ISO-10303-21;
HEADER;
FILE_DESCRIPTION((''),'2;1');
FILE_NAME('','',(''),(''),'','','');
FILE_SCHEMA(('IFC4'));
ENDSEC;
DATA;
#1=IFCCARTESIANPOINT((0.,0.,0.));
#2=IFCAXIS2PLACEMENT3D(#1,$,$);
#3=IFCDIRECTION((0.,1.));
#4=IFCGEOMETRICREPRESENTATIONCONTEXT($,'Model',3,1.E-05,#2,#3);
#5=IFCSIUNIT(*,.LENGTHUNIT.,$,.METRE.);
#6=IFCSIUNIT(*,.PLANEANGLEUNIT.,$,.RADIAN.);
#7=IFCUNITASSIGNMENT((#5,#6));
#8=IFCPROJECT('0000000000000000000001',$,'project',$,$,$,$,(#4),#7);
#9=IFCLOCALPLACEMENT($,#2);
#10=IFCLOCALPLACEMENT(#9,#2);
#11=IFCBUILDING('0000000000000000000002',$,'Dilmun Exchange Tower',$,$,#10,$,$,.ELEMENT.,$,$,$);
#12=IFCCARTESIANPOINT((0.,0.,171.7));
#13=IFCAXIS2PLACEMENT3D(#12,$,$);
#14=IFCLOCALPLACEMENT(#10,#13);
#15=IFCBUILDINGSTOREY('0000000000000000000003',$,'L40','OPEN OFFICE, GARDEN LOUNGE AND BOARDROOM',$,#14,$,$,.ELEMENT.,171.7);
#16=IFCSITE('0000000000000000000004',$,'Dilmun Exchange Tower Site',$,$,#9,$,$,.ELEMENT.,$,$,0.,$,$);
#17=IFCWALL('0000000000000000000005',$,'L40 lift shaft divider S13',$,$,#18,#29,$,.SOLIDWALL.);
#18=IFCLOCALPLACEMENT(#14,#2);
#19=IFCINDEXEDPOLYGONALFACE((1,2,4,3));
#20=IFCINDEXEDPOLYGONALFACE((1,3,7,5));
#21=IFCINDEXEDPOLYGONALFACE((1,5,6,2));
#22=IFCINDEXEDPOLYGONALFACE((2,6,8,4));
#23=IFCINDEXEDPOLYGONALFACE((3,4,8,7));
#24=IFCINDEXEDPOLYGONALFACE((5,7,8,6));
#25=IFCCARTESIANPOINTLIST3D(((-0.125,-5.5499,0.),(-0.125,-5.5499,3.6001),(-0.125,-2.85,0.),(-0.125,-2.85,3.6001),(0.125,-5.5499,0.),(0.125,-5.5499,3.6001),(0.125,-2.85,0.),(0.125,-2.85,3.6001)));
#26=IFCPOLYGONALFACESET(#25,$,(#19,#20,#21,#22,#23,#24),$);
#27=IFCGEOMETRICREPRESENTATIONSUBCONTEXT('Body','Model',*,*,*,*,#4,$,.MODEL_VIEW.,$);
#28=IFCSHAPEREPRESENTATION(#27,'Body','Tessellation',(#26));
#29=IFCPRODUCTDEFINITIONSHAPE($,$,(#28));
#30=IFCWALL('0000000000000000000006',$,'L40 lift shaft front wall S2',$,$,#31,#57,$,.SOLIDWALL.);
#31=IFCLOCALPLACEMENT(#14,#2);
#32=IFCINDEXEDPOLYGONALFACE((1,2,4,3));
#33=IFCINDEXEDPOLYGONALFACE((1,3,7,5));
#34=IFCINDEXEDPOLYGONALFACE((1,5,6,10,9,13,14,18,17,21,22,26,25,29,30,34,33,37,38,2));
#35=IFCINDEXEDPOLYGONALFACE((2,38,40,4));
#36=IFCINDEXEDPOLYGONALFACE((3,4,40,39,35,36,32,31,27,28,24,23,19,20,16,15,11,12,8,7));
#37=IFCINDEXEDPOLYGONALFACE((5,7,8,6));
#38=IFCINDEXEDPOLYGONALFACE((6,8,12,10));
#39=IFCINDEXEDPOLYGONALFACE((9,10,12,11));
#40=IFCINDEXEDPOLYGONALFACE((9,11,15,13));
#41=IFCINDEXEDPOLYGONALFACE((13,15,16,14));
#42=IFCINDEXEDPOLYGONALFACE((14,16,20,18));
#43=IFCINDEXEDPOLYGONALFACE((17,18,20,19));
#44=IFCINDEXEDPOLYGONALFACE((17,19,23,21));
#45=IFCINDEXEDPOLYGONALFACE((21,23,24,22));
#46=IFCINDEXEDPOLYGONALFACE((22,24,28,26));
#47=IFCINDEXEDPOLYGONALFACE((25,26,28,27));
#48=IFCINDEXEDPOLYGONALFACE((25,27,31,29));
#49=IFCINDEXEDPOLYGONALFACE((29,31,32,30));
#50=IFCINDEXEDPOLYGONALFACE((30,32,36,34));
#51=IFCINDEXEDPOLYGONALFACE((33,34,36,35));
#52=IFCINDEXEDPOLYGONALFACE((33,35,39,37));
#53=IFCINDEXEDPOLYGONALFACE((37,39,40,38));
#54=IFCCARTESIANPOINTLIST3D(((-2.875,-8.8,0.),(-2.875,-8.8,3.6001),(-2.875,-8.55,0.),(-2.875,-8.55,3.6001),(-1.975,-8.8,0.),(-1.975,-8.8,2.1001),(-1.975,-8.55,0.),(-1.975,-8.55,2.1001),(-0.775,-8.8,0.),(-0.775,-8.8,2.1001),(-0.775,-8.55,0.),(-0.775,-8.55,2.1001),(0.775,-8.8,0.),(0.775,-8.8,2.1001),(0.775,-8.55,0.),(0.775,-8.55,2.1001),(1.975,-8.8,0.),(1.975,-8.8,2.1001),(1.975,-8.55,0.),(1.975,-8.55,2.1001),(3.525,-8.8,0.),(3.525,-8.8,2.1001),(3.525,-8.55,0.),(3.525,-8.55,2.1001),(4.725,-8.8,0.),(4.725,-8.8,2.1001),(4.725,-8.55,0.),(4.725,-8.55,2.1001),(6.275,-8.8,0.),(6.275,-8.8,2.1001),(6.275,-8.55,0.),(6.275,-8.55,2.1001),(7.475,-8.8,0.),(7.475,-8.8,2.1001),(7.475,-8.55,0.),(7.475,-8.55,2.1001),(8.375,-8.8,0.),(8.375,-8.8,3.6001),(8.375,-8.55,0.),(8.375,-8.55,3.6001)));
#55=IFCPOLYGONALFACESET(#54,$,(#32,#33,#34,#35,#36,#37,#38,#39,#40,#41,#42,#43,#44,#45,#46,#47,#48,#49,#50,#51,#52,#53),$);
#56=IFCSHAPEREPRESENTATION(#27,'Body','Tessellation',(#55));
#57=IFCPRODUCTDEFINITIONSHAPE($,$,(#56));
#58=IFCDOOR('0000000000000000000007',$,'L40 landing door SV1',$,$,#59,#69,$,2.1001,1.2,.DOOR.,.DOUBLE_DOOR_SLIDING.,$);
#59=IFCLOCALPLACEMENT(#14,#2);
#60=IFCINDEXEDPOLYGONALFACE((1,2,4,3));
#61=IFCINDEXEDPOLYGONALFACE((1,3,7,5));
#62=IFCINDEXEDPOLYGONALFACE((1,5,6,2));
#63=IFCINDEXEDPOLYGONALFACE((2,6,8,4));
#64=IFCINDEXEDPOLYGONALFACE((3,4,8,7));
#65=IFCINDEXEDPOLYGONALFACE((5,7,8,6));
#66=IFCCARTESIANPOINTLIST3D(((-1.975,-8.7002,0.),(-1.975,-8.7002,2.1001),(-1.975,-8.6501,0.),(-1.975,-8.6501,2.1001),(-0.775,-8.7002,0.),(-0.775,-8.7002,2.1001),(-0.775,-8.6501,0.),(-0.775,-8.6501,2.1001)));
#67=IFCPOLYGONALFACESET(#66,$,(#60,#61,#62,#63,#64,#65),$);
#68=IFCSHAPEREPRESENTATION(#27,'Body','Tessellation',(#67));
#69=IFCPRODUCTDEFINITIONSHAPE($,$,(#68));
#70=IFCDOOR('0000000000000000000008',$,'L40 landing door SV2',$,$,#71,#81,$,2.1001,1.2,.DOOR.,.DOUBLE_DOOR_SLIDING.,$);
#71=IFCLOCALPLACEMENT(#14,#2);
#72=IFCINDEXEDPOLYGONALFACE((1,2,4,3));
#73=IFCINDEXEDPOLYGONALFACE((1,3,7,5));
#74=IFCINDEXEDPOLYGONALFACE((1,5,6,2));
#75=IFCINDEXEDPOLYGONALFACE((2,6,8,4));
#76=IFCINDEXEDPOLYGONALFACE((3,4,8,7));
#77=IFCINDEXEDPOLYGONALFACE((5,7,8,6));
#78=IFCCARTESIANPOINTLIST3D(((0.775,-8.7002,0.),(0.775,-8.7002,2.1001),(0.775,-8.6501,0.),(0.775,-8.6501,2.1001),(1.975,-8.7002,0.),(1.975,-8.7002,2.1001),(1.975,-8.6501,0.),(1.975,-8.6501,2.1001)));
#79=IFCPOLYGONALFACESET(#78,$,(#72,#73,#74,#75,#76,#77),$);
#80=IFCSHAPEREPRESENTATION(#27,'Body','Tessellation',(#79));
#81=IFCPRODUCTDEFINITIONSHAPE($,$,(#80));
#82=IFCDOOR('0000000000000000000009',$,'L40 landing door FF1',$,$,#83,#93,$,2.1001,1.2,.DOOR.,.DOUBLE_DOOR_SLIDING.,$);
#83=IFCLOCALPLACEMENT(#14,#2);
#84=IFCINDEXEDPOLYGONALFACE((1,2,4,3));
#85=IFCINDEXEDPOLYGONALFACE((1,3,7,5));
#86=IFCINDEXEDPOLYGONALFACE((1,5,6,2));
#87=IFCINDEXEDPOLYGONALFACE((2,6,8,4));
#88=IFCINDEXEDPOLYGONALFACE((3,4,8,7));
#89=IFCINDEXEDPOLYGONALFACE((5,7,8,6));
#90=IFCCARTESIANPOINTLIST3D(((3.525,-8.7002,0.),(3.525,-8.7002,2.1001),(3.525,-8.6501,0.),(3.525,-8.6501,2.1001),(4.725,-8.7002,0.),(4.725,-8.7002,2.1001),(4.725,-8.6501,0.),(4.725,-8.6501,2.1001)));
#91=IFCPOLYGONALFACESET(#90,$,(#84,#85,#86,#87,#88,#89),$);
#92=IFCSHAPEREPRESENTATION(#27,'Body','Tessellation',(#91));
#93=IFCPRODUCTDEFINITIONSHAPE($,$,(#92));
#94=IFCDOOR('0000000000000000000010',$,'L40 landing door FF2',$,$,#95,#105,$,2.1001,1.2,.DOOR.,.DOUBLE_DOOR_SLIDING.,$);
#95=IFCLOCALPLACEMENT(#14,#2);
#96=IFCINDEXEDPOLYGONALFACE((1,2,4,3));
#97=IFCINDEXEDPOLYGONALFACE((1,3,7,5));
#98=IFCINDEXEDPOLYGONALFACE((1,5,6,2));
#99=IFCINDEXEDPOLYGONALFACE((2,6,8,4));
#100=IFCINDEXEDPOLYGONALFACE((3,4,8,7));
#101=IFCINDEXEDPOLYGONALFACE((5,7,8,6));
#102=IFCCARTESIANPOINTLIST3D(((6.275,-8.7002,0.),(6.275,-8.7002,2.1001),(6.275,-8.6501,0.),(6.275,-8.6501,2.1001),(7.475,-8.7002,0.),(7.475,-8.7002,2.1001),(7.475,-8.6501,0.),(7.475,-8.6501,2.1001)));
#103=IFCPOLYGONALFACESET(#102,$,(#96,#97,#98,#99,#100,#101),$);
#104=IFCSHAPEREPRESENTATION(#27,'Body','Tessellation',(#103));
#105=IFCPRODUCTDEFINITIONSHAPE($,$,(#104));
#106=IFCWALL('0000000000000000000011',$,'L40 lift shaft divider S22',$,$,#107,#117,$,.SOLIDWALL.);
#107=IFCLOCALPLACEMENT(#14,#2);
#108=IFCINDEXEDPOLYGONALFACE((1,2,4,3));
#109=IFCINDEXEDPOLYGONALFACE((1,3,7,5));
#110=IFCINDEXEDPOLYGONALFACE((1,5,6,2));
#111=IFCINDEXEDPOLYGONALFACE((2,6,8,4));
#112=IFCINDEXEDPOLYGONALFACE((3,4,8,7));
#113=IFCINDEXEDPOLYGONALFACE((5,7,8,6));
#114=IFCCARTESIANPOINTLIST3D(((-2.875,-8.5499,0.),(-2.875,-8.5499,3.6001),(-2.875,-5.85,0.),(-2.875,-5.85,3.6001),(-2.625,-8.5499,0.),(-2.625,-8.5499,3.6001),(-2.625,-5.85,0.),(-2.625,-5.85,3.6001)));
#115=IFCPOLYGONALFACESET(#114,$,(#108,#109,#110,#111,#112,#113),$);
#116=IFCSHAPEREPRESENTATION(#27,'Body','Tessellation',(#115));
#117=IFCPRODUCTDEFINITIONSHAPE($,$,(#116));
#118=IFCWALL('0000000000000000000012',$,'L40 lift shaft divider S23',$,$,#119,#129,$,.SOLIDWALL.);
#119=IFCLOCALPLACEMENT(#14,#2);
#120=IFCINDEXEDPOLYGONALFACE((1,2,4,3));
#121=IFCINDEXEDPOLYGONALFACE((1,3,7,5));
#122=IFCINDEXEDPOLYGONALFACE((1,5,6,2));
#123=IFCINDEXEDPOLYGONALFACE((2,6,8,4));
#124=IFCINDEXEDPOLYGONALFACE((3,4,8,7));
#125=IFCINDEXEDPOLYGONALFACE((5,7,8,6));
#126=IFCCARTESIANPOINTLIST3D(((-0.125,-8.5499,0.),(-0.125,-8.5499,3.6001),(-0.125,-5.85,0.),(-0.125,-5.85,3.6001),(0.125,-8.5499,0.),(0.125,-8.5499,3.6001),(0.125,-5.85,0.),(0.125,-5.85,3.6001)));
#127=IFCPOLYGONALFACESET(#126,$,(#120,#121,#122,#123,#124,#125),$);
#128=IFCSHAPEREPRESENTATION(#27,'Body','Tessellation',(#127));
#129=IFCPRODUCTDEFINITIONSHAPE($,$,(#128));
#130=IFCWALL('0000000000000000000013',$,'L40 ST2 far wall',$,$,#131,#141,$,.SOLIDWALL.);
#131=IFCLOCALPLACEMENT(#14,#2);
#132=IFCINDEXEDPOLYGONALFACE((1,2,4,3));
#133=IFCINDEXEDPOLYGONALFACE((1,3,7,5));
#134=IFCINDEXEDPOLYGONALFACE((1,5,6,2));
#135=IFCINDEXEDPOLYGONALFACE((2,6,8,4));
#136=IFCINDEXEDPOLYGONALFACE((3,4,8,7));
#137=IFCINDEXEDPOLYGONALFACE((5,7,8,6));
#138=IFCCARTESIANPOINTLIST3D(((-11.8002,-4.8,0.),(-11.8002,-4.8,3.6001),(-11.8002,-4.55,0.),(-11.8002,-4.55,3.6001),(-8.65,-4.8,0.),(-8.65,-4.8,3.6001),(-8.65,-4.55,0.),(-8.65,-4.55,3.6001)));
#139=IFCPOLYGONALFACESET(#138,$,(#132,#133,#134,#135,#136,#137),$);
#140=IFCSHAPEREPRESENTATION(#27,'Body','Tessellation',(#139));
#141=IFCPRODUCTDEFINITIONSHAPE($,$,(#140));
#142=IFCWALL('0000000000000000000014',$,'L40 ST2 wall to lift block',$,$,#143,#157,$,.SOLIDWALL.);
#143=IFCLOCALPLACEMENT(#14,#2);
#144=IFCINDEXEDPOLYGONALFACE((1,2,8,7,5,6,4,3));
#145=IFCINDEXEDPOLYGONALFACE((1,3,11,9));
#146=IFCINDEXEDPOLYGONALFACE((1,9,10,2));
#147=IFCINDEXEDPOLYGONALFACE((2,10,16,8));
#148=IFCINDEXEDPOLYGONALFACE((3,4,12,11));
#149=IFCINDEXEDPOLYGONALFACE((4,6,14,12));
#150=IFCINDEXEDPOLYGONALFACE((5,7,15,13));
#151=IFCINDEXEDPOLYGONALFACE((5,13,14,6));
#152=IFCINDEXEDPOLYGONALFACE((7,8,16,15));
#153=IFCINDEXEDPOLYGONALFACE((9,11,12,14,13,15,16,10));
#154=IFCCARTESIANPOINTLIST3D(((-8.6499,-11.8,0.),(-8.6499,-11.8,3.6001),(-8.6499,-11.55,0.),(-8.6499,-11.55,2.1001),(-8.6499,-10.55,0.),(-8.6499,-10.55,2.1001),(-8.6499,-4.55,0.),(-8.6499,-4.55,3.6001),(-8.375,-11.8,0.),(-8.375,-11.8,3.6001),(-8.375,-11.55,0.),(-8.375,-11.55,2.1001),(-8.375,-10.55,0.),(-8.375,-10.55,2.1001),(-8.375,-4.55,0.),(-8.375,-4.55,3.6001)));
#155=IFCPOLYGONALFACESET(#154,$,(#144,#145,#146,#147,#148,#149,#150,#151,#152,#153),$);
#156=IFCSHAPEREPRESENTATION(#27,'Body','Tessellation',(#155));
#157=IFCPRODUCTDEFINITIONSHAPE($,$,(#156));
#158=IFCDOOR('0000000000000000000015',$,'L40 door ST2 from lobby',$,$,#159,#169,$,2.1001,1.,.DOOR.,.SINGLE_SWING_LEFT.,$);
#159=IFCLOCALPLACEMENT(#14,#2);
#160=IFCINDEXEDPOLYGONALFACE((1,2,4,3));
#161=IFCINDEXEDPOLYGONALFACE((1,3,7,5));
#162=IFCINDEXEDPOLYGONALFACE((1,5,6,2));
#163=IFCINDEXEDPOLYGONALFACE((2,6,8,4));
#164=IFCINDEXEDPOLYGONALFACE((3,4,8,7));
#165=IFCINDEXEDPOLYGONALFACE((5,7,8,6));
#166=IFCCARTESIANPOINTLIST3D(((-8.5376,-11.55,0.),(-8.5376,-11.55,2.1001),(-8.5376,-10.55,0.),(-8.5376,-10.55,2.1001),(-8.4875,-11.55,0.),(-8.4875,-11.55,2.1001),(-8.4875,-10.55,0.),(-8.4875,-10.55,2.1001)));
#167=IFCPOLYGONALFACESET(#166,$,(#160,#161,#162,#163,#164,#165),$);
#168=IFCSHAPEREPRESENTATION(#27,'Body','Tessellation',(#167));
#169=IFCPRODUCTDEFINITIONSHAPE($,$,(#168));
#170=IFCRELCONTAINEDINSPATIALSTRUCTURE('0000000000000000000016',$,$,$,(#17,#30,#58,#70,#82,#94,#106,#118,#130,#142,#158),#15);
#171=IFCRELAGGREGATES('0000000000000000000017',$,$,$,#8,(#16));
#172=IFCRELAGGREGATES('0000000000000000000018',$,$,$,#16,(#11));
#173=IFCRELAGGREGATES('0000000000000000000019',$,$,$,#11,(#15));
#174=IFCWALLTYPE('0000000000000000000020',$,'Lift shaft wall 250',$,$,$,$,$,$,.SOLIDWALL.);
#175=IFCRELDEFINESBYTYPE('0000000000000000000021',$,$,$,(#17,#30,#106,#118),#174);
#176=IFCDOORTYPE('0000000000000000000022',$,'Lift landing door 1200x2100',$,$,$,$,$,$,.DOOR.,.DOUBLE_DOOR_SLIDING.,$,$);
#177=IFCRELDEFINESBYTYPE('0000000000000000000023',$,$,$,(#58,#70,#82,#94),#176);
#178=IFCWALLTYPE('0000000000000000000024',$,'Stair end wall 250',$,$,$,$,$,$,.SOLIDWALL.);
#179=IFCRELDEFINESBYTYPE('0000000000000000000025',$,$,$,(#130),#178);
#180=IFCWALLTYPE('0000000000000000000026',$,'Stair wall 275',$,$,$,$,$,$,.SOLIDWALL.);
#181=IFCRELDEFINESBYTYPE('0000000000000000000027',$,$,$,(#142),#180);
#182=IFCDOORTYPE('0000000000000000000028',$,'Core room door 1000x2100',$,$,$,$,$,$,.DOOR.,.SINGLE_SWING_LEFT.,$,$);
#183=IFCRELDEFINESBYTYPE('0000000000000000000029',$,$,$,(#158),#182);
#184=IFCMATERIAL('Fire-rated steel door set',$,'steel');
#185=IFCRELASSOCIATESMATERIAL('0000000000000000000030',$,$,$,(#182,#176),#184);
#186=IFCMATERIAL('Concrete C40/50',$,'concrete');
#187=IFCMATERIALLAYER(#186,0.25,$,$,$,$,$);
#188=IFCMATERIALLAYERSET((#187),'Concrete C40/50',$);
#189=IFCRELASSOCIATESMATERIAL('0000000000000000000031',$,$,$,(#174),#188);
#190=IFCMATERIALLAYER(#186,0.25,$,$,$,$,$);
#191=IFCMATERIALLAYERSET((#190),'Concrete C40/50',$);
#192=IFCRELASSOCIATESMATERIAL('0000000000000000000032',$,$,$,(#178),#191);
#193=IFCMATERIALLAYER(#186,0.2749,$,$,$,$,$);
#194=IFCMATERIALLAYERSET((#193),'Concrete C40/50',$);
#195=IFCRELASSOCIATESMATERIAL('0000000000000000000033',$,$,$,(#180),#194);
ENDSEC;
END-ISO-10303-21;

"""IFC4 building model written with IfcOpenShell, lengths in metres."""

from ifc_helpers import new_model, si_unit, direction, frame, frame_2d, origin, place, context, subcontext, project, spatial, rectangle, extrude, material, layer, layer_set, type_object, element, fill, save


model = new_model("IFC4")

# Units and contexts
model_context = context("Model", 3, precision=1e-05, world=origin(), true_north=direction((0.0, 1.0)))
body_context = subcontext(model_context, "Body", "Model", "MODEL_VIEW")
ifc_project = project(units=[si_unit("LENGTHUNIT", "METRE"), si_unit("PLANEANGLEUNIT", "RADIAN")], contexts=[model_context])

# Site, building, storey
site_placement = place(None, origin())
site = spatial("IfcSite", under=ifc_project, at=site_placement, Name="Dilmun Exchange Tower Site", CompositionType="ELEMENT", RefElevation=0.0)
building_placement = place(site_placement, origin())
building = spatial("IfcBuilding", under=site, at=building_placement, Name="Dilmun Exchange Tower", CompositionType="ELEMENT")
storey_placement = place(building_placement, frame((0.0, 0.0, 171.7)))
storey = spatial("IfcBuildingStorey", under=building, at=storey_placement, Name="L40", Description="OPEN OFFICE, GARDEN LOUNGE AND BOARDROOM", CompositionType="ELEMENT", Elevation=171.7)

# Shared definitions
ifc_material_1 = material(Name="Concrete C40/50", Category="concrete")
ifc_material_2 = material(Name="Fire-rated steel door set", Category="steel")

# Shared definitions
door_type_1 = type_object("IfcDoorType", Name="Core room door 1000x2100", OperationType="SINGLE_SWING_LEFT", PredefinedType="DOOR", material=ifc_material_2)

# Wall
ifc_layer_1 = layer(ifc_material_1, 0.25)
ifc_layer_set_1 = layer_set([ifc_layer_1], Name="Concrete C40/50")
wall_type_1 = type_object("IfcWallType", Name="Lift shaft wall 250", PredefinedType="SOLIDWALL", material=ifc_layer_set_1)
for number, where, z_axis, x_axis, name in (
    (1, (0.0, -5.55, 0.0), (0.0, 0.0, 1.0), (0.0, 1.0, 0.0), "L40 lift shaft divider S13"),
):
    element("IfcWall", number, at=place(storey_placement, frame(where, z_axis=z_axis, x_axis=x_axis)), inside=storey, type_object=wall_type_1, Name=name, PredefinedType="SOLIDWALL", context=body_context, shape_type="SweptSolid", body=[
        extrude(rectangle(XDim=2.7, YDim=0.25, at=frame_2d((1.3501, 0.0))), origin(), (0.0, 0.0, 1.0), 3.6001),
    ])

# Wall, openings, doors
wall_1_placement = place(storey_placement, frame((-2.875, -8.675, 0.0), z_axis=(0.0, 0.0, 1.0), x_axis=(1.0, 0.0, 0.0)))
wall_1 = element("IfcWall", 2, at=wall_1_placement, inside=storey, type_object=wall_type_1, Name="L40 lift shaft front wall S2", PredefinedType="SOLIDWALL", context=body_context, shape_type="SweptSolid", body=[
    extrude(rectangle(XDim=11.25, YDim=0.25, at=frame_2d((5.625, 0.0))), origin(), (0.0, 0.0, 1.0), 3.6001),
])
opening_1_placement = place(wall_1_placement, frame((0.8999, 0.0, 0.0)))
opening_1 = element("IfcOpeningElement", 3, at=opening_1_placement, cuts=wall_1, PredefinedType="OPENING", context=body_context, shape_type="SweptSolid", body=[
    extrude(rectangle(XDim=1.2, YDim=2.1001, at=frame_2d((0.6001, 1.05))), frame((0.0, 0.135, 0.0), z_axis=(0.0, -1.0, 0.0), x_axis=(1.0, 0.0, 0.0)), (0.0, 0.0, 1.0), 0.27),
])
opening_2_placement = place(wall_1_placement, frame((3.6499, 0.0, 0.0)))
opening_2 = element("IfcOpeningElement", 4, at=opening_2_placement, cuts=wall_1, PredefinedType="OPENING", context=body_context, shape_type="SweptSolid", body=[
    extrude(rectangle(XDim=1.2, YDim=2.1001, at=frame_2d((0.6001, 1.05))), frame((0.0, 0.135, 0.0), z_axis=(0.0, -1.0, 0.0), x_axis=(1.0, 0.0, 0.0)), (0.0, 0.0, 1.0), 0.27),
])
opening_3_placement = place(wall_1_placement, frame((6.3999, 0.0, 0.0)))
opening_3 = element("IfcOpeningElement", 5, at=opening_3_placement, cuts=wall_1, PredefinedType="OPENING", context=body_context, shape_type="SweptSolid", body=[
    extrude(rectangle(XDim=1.2, YDim=2.1001, at=frame_2d((0.6001, 1.05))), frame((0.0, 0.135, 0.0), z_axis=(0.0, -1.0, 0.0), x_axis=(1.0, 0.0, 0.0)), (0.0, 0.0, 1.0), 0.27),
])
opening_4_placement = place(wall_1_placement, frame((9.1499, 0.0, 0.0)))
opening_4 = element("IfcOpeningElement", 6, at=opening_4_placement, cuts=wall_1, PredefinedType="OPENING", context=body_context, shape_type="SweptSolid", body=[
    extrude(rectangle(XDim=1.2, YDim=2.1001, at=frame_2d((0.6001, 1.05))), frame((0.0, 0.135, 0.0), z_axis=(0.0, -1.0, 0.0), x_axis=(1.0, 0.0, 0.0)), (0.0, 0.0, 1.0), 0.27),
])
door_type_2 = type_object("IfcDoorType", Name="Lift landing door 1200x2100", OperationType="DOUBLE_DOOR_SLIDING", PredefinedType="DOOR", material=ifc_material_2)
door_1_placement = place(opening_1_placement, origin())
door_1 = element("IfcDoor", 7, at=door_1_placement, inside=storey, type_object=door_type_2, Name="L40 landing door SV1", OperationType="DOUBLE_DOOR_SLIDING", OverallHeight=2.1001, OverallWidth=1.2, PredefinedType="DOOR", context=body_context, shape_type="SweptSolid", body=[
    extrude(rectangle(XDim=1.2, YDim=2.1001, at=frame_2d((0.6001, 1.05))), frame((0.0, 0.0249, 0.0), z_axis=(0.0, -1.0, 0.0), x_axis=(1.0, 0.0, 0.0)), (0.0, 0.0, 1.0), 0.05),
])
fill(opening_1, door_1)
door_2_placement = place(opening_2_placement, origin())
door_2 = element("IfcDoor", 8, at=door_2_placement, inside=storey, type_object=door_type_2, Name="L40 landing door SV2", OperationType="DOUBLE_DOOR_SLIDING", OverallHeight=2.1001, OverallWidth=1.2, PredefinedType="DOOR", context=body_context, shape_type="SweptSolid", body=[
    extrude(rectangle(XDim=1.2, YDim=2.1001, at=frame_2d((0.6001, 1.05))), frame((0.0, 0.0249, 0.0), z_axis=(0.0, -1.0, 0.0), x_axis=(1.0, 0.0, 0.0)), (0.0, 0.0, 1.0), 0.05),
])
fill(opening_2, door_2)
door_3_placement = place(opening_3_placement, origin())
door_3 = element("IfcDoor", 9, at=door_3_placement, inside=storey, type_object=door_type_2, Name="L40 landing door FF1", OperationType="DOUBLE_DOOR_SLIDING", OverallHeight=2.1001, OverallWidth=1.2, PredefinedType="DOOR", context=body_context, shape_type="SweptSolid", body=[
    extrude(rectangle(XDim=1.2, YDim=2.1001, at=frame_2d((0.6001, 1.05))), frame((0.0, 0.0249, 0.0), z_axis=(0.0, -1.0, 0.0), x_axis=(1.0, 0.0, 0.0)), (0.0, 0.0, 1.0), 0.05),
])
fill(opening_3, door_3)
door_4_placement = place(opening_4_placement, origin())
door_4 = element("IfcDoor", 10, at=door_4_placement, inside=storey, type_object=door_type_2, Name="L40 landing door FF2", OperationType="DOUBLE_DOOR_SLIDING", OverallHeight=2.1001, OverallWidth=1.2, PredefinedType="DOOR", context=body_context, shape_type="SweptSolid", body=[
    extrude(rectangle(XDim=1.2, YDim=2.1001, at=frame_2d((0.6001, 1.05))), frame((0.0, 0.0249, 0.0), z_axis=(0.0, -1.0, 0.0), x_axis=(1.0, 0.0, 0.0)), (0.0, 0.0, 1.0), 0.05),
])
fill(opening_4, door_4)

# Walls
for number, where, z_axis, x_axis, name in (
    (11, (-2.75, -8.55, 0.0), (0.0, 0.0, 1.0), (0.0, 1.0, 0.0), "L40 lift shaft divider S22"),
    (12, (0.0, -8.55, 0.0), (0.0, 0.0, 1.0), (0.0, 1.0, 0.0), "L40 lift shaft divider S23"),
):
    element("IfcWall", number, at=place(storey_placement, frame(where, z_axis=z_axis, x_axis=x_axis)), inside=storey, type_object=wall_type_1, Name=name, PredefinedType="SOLIDWALL", context=body_context, shape_type="SweptSolid", body=[
        extrude(rectangle(XDim=2.7, YDim=0.25, at=frame_2d((1.3501, 0.0))), origin(), (0.0, 0.0, 1.0), 3.6001),
    ])
ifc_layer_2 = layer(ifc_material_1, 0.25)
ifc_layer_set_2 = layer_set([ifc_layer_2], Name="Concrete C40/50")
wall_type_2 = type_object("IfcWallType", Name="Stair end wall 250", PredefinedType="SOLIDWALL", material=ifc_layer_set_2)
wall_2_placement = place(storey_placement, frame((-8.6499, -4.675, 0.0), z_axis=(0.0, 0.0, 1.0), x_axis=(-1.0, 0.0, 0.0)))
element("IfcWall", 13, at=wall_2_placement, inside=storey, type_object=wall_type_2, Name="L40 ST2 far wall", PredefinedType="SOLIDWALL", context=body_context, shape_type="SweptSolid", body=[
    extrude(rectangle(XDim=3.1501, YDim=0.25, at=frame_2d((1.5752, 0.0))), origin(), (0.0, 0.0, 1.0), 3.6001),
])

# Wall, opening, door
ifc_layer_3 = layer(ifc_material_1, 0.2749)
ifc_layer_set_3 = layer_set([ifc_layer_3], Name="Concrete C40/50")
wall_type_3 = type_object("IfcWallType", Name="Stair wall 275", PredefinedType="SOLIDWALL", material=ifc_layer_set_3)
wall_3_placement = place(storey_placement, frame((-8.5125, -4.55, 0.0), z_axis=(0.0, 0.0, 1.0), x_axis=(0.0, -1.0, 0.0)))
wall_3 = element("IfcWall", 14, at=wall_3_placement, inside=storey, type_object=wall_type_3, Name="L40 ST2 wall to lift block", PredefinedType="SOLIDWALL", context=body_context, shape_type="SweptSolid", body=[
    extrude(rectangle(XDim=7.25, YDim=0.2749, at=frame_2d((3.625, 0.0))), origin(), (0.0, 0.0, 1.0), 3.6001),
])
opening_5_placement = place(wall_3_placement, frame((6.0, 0.0, 0.0)))
opening_5 = element("IfcOpeningElement", 15, at=opening_5_placement, cuts=wall_3, PredefinedType="OPENING", context=body_context, shape_type="SweptSolid", body=[
    extrude(rectangle(XDim=1.0, YDim=2.1001, at=frame_2d((0.5, 1.05))), frame((0.0, 0.1475, 0.0), z_axis=(0.0, -1.0, 0.0), x_axis=(1.0, 0.0, 0.0)), (0.0, 0.0, 1.0), 0.2949),
])
door_5_placement = place(opening_5_placement, origin())
door_5 = element("IfcDoor", 16, at=door_5_placement, inside=storey, type_object=door_type_1, Name="L40 door ST2 from lobby", OperationType="SINGLE_SWING_LEFT", OverallHeight=2.1001, OverallWidth=1.0, PredefinedType="DOOR", context=body_context, shape_type="SweptSolid", body=[
    extrude(rectangle(XDim=1.0, YDim=2.1001, at=frame_2d((0.5, 1.05))), frame((0.0, 0.0249, 0.0), z_axis=(0.0, -1.0, 0.0), x_axis=(1.0, 0.0, 0.0)), (0.0, 0.0, 1.0), 0.05),
])
fill(opening_5, door_5)

save(model, "model.ifc")
